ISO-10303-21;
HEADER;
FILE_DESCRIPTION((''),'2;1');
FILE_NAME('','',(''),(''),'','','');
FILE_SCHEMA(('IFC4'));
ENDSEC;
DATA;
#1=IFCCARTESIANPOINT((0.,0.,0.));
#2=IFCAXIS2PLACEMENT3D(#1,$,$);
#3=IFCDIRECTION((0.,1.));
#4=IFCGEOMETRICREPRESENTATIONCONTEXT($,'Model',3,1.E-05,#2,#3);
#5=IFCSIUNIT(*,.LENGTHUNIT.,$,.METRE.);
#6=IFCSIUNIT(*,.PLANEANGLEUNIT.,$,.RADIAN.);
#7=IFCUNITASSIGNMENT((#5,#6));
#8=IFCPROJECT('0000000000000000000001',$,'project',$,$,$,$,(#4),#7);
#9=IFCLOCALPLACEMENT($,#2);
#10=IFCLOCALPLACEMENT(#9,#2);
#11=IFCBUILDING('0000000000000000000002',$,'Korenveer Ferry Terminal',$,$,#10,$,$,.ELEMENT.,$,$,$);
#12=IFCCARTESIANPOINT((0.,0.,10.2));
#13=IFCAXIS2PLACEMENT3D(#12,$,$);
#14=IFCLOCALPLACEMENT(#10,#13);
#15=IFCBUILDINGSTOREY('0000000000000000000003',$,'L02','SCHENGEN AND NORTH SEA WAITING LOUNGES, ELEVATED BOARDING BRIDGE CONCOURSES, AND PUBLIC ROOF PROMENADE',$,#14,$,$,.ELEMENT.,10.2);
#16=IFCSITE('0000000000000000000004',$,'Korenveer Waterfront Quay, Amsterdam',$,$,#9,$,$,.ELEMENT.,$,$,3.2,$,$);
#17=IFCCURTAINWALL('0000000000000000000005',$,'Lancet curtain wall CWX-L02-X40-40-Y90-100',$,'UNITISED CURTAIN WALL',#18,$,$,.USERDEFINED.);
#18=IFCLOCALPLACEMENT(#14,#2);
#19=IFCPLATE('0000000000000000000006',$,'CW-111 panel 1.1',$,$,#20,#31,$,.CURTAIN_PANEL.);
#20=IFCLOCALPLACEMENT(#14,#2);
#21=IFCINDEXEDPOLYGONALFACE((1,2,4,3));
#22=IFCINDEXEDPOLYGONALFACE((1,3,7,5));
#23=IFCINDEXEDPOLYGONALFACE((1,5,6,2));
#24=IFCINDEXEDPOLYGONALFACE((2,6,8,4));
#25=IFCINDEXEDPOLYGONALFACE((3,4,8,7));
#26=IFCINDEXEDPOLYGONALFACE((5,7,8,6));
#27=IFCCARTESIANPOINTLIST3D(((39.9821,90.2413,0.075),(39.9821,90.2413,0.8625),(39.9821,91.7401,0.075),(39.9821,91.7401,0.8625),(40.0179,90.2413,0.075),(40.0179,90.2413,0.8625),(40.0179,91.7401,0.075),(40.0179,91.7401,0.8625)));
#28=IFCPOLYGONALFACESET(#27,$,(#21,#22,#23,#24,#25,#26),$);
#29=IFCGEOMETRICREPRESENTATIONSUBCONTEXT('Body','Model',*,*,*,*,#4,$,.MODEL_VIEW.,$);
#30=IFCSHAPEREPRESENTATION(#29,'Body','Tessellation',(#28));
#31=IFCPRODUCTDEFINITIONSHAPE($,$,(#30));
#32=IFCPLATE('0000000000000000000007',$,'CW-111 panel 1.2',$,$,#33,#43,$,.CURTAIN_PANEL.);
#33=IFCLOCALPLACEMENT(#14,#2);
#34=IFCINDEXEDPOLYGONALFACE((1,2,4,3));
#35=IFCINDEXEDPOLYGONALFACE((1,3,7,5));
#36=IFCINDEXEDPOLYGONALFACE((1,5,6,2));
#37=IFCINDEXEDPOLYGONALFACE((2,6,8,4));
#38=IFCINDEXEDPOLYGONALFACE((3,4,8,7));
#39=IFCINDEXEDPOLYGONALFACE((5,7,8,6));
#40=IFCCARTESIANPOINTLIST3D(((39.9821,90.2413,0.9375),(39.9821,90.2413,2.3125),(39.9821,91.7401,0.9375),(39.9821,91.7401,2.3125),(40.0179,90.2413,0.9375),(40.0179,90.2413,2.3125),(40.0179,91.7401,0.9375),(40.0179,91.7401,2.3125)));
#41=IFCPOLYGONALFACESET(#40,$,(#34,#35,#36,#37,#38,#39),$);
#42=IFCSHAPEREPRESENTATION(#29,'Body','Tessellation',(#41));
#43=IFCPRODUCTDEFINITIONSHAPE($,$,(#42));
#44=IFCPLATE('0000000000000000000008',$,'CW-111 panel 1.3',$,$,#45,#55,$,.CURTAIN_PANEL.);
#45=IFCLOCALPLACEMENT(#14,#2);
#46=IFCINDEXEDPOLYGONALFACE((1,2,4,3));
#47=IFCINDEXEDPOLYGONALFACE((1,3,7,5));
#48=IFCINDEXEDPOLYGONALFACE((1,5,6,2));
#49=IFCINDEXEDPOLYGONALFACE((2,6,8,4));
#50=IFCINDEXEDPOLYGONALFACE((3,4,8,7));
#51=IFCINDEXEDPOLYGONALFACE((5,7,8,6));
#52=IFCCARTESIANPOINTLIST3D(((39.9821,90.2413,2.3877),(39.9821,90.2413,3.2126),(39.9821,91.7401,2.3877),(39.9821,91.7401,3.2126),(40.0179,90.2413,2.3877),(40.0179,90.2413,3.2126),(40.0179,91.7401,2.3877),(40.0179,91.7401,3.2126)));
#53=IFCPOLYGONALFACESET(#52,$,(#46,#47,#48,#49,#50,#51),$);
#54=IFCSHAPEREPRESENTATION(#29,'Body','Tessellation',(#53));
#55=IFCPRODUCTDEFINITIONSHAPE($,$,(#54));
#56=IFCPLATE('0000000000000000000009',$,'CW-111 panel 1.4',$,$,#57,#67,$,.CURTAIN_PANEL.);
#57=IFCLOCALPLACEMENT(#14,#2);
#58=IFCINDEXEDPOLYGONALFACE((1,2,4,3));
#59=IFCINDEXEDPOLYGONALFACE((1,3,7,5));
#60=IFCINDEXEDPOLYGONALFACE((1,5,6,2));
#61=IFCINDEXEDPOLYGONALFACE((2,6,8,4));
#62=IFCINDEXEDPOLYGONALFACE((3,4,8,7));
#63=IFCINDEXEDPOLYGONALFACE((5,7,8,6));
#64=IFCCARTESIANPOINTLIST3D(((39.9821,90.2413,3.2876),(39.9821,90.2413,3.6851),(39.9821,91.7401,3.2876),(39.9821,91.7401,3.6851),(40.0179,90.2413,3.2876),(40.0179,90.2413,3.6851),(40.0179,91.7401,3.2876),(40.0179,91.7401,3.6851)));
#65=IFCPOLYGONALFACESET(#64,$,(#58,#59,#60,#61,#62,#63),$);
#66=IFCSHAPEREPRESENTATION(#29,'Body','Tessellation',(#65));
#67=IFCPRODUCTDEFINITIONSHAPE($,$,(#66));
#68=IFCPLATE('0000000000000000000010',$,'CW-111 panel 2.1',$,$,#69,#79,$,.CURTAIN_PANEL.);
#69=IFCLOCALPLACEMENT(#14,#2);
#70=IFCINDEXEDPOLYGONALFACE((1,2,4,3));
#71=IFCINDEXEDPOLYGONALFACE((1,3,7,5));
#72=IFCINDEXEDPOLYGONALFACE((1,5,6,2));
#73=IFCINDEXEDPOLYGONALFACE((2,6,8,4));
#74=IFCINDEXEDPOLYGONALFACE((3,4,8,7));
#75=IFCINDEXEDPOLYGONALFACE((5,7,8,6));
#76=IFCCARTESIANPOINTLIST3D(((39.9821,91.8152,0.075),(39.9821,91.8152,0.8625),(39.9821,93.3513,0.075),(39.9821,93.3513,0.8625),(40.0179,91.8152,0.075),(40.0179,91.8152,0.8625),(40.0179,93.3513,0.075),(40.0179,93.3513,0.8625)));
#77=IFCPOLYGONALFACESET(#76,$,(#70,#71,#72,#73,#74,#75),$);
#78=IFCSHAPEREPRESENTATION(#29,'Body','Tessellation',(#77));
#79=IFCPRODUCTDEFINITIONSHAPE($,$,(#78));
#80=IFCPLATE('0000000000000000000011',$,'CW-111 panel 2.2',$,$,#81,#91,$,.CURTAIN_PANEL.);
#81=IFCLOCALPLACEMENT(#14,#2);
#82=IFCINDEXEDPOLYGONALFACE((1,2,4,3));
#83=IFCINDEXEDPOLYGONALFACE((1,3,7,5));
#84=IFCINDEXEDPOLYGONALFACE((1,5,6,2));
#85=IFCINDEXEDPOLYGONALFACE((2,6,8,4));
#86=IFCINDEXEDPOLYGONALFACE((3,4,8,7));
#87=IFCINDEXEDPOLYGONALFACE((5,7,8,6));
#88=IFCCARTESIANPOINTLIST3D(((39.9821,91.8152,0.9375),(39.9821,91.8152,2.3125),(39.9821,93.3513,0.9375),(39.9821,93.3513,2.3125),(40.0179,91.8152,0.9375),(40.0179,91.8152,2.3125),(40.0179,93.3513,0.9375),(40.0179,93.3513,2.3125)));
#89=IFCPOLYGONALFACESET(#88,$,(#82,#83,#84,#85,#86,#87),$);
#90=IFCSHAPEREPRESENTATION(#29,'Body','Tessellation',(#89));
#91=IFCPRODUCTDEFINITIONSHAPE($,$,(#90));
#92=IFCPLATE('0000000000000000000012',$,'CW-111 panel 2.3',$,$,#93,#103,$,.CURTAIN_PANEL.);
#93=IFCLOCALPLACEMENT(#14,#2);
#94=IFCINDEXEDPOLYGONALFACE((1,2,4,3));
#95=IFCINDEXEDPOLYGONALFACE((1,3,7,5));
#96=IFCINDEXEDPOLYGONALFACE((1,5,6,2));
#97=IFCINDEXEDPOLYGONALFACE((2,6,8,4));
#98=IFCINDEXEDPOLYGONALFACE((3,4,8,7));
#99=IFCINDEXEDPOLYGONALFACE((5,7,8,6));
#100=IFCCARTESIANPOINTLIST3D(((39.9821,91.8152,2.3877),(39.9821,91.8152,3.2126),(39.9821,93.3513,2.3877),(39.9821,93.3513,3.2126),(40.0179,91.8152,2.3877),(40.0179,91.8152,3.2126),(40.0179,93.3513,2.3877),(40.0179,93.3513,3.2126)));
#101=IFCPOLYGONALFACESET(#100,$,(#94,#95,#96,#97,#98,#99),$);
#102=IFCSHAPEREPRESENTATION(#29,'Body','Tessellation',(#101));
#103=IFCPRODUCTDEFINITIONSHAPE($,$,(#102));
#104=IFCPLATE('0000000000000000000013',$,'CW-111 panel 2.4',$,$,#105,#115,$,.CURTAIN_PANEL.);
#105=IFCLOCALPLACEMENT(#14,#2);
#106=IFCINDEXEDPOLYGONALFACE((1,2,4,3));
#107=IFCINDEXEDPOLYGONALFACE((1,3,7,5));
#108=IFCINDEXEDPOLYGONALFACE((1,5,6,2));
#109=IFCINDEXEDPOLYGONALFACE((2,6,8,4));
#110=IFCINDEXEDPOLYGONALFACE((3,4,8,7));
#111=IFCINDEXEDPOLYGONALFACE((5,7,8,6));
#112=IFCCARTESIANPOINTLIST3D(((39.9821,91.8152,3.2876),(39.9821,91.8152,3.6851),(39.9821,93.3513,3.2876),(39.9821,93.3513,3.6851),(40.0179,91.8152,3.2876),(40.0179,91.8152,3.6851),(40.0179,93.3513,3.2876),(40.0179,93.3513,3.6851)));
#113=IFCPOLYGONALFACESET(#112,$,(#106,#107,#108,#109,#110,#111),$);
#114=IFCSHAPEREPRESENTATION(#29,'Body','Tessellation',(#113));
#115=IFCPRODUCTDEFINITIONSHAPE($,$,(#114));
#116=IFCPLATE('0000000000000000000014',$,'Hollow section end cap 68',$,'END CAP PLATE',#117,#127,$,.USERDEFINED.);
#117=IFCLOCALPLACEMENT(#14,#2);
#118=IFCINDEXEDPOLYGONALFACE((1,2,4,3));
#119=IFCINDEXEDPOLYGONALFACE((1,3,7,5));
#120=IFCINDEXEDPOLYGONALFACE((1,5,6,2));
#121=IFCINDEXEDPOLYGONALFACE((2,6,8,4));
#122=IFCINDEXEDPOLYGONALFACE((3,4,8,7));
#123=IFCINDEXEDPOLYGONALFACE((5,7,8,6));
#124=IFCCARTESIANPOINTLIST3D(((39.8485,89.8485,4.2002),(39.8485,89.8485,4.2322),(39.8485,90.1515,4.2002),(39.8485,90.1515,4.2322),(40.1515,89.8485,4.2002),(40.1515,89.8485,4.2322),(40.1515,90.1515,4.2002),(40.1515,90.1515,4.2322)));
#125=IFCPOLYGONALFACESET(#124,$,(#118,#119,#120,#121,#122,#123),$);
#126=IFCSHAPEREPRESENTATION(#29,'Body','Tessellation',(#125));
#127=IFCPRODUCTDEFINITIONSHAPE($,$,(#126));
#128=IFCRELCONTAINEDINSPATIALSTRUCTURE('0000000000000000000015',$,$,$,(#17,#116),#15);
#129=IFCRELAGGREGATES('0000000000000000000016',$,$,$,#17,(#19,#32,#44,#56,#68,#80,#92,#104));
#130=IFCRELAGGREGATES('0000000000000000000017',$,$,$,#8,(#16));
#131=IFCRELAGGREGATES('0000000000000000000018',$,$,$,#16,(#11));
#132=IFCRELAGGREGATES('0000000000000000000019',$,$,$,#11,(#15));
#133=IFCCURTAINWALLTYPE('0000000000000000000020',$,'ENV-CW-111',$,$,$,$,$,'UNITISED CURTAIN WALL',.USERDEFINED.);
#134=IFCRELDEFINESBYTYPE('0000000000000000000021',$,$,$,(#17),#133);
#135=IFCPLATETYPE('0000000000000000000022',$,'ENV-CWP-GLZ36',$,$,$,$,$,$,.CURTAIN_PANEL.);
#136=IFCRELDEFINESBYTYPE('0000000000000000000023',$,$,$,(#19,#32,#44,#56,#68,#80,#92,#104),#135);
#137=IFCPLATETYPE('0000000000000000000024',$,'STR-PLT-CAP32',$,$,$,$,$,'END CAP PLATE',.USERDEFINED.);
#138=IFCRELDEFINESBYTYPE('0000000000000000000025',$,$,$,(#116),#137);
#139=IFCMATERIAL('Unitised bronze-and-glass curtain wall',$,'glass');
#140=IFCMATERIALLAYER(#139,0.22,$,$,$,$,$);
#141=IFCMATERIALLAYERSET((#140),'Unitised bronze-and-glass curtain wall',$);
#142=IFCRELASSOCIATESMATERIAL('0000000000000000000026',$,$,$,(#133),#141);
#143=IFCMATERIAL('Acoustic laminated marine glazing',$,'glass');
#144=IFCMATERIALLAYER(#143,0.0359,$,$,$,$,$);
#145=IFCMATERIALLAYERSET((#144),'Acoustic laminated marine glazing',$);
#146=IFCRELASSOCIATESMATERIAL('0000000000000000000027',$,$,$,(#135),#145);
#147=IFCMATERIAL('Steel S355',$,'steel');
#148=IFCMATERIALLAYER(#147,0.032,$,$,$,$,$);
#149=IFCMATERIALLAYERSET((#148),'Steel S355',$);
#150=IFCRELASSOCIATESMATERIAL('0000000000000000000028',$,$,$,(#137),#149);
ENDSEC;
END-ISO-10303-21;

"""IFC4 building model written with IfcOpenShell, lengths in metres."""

from ifc_helpers import new_model, si_unit, direction, frame, origin, origin_2d, place, context, subcontext, project, spatial, rectangle, extrude, material, layer, layer_set, type_object, element, aggregate, save


model = new_model("IFC4")

# Units and contexts
model_context = context("Model", 3, precision=1e-05, world=origin(), true_north=direction((0.0, 1.0)))
body_context = subcontext(model_context, "Body", "Model", "MODEL_VIEW")
ifc_project = project(units=[si_unit("LENGTHUNIT", "METRE"), si_unit("PLANEANGLEUNIT", "RADIAN")], contexts=[model_context])

# Site, building, storey
site_placement = place(None, origin())
site = spatial("IfcSite", under=ifc_project, at=site_placement, Name="Korenveer Waterfront Quay, Amsterdam", CompositionType="ELEMENT", RefElevation=3.2)
building_placement = place(site_placement, origin())
building = spatial("IfcBuilding", under=site, at=building_placement, Name="Korenveer Ferry Terminal", CompositionType="ELEMENT")
storey_placement = place(building_placement, frame((0.0, 0.0, 10.2)))
storey = spatial("IfcBuildingStorey", under=building, at=storey_placement, Name="L02", Description="SCHENGEN AND NORTH SEA WAITING LOUNGES, ELEVATED BOARDING BRIDGE CONCOURSES, AND PUBLIC ROOF PROMENADE", CompositionType="ELEMENT", Elevation=10.2)

# Shared definitions
ifc_material_1 = material(Name="Steel S355", Category="steel")

# Curtain wall
ifc_material_2 = material(Name="Unitised bronze-and-glass curtain wall", Category="glass")
ifc_layer_1 = layer(ifc_material_2, 0.22)
ifc_layer_set_1 = layer_set([ifc_layer_1], Name="Unitised bronze-and-glass curtain wall")
curtain_wall_type_1 = type_object("IfcCurtainWallType", Name="ENV-CW-111", ElementType="UNITISED CURTAIN WALL", PredefinedType="USERDEFINED", material=ifc_layer_set_1)
curtain_wall_1_placement = place(storey_placement, frame((40.0, 90.1665, 0.0)))
curtain_wall_1 = element("IfcCurtainWall", 1, at=curtain_wall_1_placement, inside=storey, type_object=curtain_wall_type_1, Name="Lancet curtain wall CWX-L02-X40-40-Y90-100", ObjectType="UNITISED CURTAIN WALL", PredefinedType="USERDEFINED")

# Plates
ifc_material_3 = material(Name="Acoustic laminated marine glazing", Category="glass")
ifc_layer_2 = layer(ifc_material_3, 0.0359)
ifc_layer_set_2 = layer_set([ifc_layer_2], Name="Acoustic laminated marine glazing")
plate_type_1 = type_object("IfcPlateType", Name="ENV-CWP-GLZ36", PredefinedType="CURTAIN_PANEL", material=ifc_layer_set_2)
plate_1_placement = place(storey_placement, frame((40.0, 90.9907, 0.075), z_axis=(0.0, 0.0, 1.0), x_axis=(0.0, 1.0, 0.0)))
plate_1 = element("IfcPlate", 2, at=plate_1_placement, type_object=plate_type_1, Name="CW-111 panel 1.1", PredefinedType="CURTAIN_PANEL", context=body_context, shape_type="SweptSolid", body=[
    extrude(rectangle(XDim=1.4988, YDim=0.0359, at=origin_2d()), origin(), (0.0, 0.0, 1.0), 0.7876),
])
plate_2_placement = place(storey_placement, frame((40.0, 90.9907, 0.9375), z_axis=(0.0, 0.0, 1.0), x_axis=(0.0, 1.0, 0.0)))
plate_2 = element("IfcPlate", 3, at=plate_2_placement, type_object=plate_type_1, Name="CW-111 panel 1.2", PredefinedType="CURTAIN_PANEL", context=body_context, shape_type="SweptSolid", body=[
    extrude(rectangle(XDim=1.4988, YDim=0.0359, at=origin_2d()), origin(), (0.0, 0.0, 1.0), 1.375),
])
plate_3_placement = place(storey_placement, frame((40.0, 90.9907, 2.3877), z_axis=(0.0, 0.0, 1.0), x_axis=(0.0, 1.0, 0.0)))
plate_3 = element("IfcPlate", 4, at=plate_3_placement, type_object=plate_type_1, Name="CW-111 panel 1.3", PredefinedType="CURTAIN_PANEL", context=body_context, shape_type="SweptSolid", body=[
    extrude(rectangle(XDim=1.4988, YDim=0.0359, at=origin_2d()), origin(), (0.0, 0.0, 1.0), 0.825),
])
plate_4_placement = place(storey_placement, frame((40.0, 90.9907, 3.2876), z_axis=(0.0, 0.0, 1.0), x_axis=(0.0, 1.0, 0.0)))
plate_4 = element("IfcPlate", 5, at=plate_4_placement, type_object=plate_type_1, Name="CW-111 panel 1.4", PredefinedType="CURTAIN_PANEL", context=body_context, shape_type="SweptSolid", body=[
    extrude(rectangle(XDim=1.4988, YDim=0.0359, at=origin_2d()), origin(), (0.0, 0.0, 1.0), 0.3975),
])
plate_5_placement = place(storey_placement, frame((40.0, 92.5833, 0.075), z_axis=(0.0, 0.0, 1.0), x_axis=(0.0, 1.0, 0.0)))
plate_5 = element("IfcPlate", 6, at=plate_5_placement, type_object=plate_type_1, Name="CW-111 panel 2.1", PredefinedType="CURTAIN_PANEL", context=body_context, shape_type="SweptSolid", body=[
    extrude(rectangle(XDim=1.5361, YDim=0.0359, at=origin_2d()), origin(), (0.0, 0.0, 1.0), 0.7876),
])
plate_6_placement = place(storey_placement, frame((40.0, 92.5833, 0.9375), z_axis=(0.0, 0.0, 1.0), x_axis=(0.0, 1.0, 0.0)))
plate_6 = element("IfcPlate", 7, at=plate_6_placement, type_object=plate_type_1, Name="CW-111 panel 2.2", PredefinedType="CURTAIN_PANEL", context=body_context, shape_type="SweptSolid", body=[
    extrude(rectangle(XDim=1.5361, YDim=0.0359, at=origin_2d()), origin(), (0.0, 0.0, 1.0), 1.375),
])
plate_7_placement = place(storey_placement, frame((40.0, 92.5833, 2.3877), z_axis=(0.0, 0.0, 1.0), x_axis=(0.0, 1.0, 0.0)))
plate_7 = element("IfcPlate", 8, at=plate_7_placement, type_object=plate_type_1, Name="CW-111 panel 2.3", PredefinedType="CURTAIN_PANEL", context=body_context, shape_type="SweptSolid", body=[
    extrude(rectangle(XDim=1.5361, YDim=0.0359, at=origin_2d()), origin(), (0.0, 0.0, 1.0), 0.825),
])
plate_8_placement = place(storey_placement, frame((40.0, 92.5833, 3.2876), z_axis=(0.0, 0.0, 1.0), x_axis=(0.0, 1.0, 0.0)))
plate_8 = element("IfcPlate", 9, at=plate_8_placement, type_object=plate_type_1, Name="CW-111 panel 2.4", PredefinedType="CURTAIN_PANEL", context=body_context, shape_type="SweptSolid", body=[
    extrude(rectangle(XDim=1.5361, YDim=0.0359, at=origin_2d()), origin(), (0.0, 0.0, 1.0), 0.3975),
])
aggregate(curtain_wall_1, [plate_1, plate_2, plate_3, plate_4, plate_5, plate_6, plate_7, plate_8])
ifc_layer_3 = layer(ifc_material_1, 0.032)
ifc_layer_set_3 = layer_set([ifc_layer_3], Name="Steel S355")
plate_type_2 = type_object("IfcPlateType", Name="STR-PLT-CAP32", ElementType="END CAP PLATE", PredefinedType="USERDEFINED", material=ifc_layer_set_3)
plate_9_placement = place(storey_placement, frame((40.0, 90.0, 4.2002), z_axis=(0.0, 0.0, 1.0), x_axis=(1.0, 0.0, 0.0)))
element("IfcPlate", 10, at=plate_9_placement, inside=storey, type_object=plate_type_2, Name="Hollow section end cap 68", ObjectType="END CAP PLATE", PredefinedType="USERDEFINED", context=body_context, shape_type="SweptSolid", body=[
    extrude(rectangle(XDim=0.303, YDim=0.303, at=origin_2d()), origin(), (0.0, 0.0, 1.0), 0.032),
])

save(model, "model.ifc")
